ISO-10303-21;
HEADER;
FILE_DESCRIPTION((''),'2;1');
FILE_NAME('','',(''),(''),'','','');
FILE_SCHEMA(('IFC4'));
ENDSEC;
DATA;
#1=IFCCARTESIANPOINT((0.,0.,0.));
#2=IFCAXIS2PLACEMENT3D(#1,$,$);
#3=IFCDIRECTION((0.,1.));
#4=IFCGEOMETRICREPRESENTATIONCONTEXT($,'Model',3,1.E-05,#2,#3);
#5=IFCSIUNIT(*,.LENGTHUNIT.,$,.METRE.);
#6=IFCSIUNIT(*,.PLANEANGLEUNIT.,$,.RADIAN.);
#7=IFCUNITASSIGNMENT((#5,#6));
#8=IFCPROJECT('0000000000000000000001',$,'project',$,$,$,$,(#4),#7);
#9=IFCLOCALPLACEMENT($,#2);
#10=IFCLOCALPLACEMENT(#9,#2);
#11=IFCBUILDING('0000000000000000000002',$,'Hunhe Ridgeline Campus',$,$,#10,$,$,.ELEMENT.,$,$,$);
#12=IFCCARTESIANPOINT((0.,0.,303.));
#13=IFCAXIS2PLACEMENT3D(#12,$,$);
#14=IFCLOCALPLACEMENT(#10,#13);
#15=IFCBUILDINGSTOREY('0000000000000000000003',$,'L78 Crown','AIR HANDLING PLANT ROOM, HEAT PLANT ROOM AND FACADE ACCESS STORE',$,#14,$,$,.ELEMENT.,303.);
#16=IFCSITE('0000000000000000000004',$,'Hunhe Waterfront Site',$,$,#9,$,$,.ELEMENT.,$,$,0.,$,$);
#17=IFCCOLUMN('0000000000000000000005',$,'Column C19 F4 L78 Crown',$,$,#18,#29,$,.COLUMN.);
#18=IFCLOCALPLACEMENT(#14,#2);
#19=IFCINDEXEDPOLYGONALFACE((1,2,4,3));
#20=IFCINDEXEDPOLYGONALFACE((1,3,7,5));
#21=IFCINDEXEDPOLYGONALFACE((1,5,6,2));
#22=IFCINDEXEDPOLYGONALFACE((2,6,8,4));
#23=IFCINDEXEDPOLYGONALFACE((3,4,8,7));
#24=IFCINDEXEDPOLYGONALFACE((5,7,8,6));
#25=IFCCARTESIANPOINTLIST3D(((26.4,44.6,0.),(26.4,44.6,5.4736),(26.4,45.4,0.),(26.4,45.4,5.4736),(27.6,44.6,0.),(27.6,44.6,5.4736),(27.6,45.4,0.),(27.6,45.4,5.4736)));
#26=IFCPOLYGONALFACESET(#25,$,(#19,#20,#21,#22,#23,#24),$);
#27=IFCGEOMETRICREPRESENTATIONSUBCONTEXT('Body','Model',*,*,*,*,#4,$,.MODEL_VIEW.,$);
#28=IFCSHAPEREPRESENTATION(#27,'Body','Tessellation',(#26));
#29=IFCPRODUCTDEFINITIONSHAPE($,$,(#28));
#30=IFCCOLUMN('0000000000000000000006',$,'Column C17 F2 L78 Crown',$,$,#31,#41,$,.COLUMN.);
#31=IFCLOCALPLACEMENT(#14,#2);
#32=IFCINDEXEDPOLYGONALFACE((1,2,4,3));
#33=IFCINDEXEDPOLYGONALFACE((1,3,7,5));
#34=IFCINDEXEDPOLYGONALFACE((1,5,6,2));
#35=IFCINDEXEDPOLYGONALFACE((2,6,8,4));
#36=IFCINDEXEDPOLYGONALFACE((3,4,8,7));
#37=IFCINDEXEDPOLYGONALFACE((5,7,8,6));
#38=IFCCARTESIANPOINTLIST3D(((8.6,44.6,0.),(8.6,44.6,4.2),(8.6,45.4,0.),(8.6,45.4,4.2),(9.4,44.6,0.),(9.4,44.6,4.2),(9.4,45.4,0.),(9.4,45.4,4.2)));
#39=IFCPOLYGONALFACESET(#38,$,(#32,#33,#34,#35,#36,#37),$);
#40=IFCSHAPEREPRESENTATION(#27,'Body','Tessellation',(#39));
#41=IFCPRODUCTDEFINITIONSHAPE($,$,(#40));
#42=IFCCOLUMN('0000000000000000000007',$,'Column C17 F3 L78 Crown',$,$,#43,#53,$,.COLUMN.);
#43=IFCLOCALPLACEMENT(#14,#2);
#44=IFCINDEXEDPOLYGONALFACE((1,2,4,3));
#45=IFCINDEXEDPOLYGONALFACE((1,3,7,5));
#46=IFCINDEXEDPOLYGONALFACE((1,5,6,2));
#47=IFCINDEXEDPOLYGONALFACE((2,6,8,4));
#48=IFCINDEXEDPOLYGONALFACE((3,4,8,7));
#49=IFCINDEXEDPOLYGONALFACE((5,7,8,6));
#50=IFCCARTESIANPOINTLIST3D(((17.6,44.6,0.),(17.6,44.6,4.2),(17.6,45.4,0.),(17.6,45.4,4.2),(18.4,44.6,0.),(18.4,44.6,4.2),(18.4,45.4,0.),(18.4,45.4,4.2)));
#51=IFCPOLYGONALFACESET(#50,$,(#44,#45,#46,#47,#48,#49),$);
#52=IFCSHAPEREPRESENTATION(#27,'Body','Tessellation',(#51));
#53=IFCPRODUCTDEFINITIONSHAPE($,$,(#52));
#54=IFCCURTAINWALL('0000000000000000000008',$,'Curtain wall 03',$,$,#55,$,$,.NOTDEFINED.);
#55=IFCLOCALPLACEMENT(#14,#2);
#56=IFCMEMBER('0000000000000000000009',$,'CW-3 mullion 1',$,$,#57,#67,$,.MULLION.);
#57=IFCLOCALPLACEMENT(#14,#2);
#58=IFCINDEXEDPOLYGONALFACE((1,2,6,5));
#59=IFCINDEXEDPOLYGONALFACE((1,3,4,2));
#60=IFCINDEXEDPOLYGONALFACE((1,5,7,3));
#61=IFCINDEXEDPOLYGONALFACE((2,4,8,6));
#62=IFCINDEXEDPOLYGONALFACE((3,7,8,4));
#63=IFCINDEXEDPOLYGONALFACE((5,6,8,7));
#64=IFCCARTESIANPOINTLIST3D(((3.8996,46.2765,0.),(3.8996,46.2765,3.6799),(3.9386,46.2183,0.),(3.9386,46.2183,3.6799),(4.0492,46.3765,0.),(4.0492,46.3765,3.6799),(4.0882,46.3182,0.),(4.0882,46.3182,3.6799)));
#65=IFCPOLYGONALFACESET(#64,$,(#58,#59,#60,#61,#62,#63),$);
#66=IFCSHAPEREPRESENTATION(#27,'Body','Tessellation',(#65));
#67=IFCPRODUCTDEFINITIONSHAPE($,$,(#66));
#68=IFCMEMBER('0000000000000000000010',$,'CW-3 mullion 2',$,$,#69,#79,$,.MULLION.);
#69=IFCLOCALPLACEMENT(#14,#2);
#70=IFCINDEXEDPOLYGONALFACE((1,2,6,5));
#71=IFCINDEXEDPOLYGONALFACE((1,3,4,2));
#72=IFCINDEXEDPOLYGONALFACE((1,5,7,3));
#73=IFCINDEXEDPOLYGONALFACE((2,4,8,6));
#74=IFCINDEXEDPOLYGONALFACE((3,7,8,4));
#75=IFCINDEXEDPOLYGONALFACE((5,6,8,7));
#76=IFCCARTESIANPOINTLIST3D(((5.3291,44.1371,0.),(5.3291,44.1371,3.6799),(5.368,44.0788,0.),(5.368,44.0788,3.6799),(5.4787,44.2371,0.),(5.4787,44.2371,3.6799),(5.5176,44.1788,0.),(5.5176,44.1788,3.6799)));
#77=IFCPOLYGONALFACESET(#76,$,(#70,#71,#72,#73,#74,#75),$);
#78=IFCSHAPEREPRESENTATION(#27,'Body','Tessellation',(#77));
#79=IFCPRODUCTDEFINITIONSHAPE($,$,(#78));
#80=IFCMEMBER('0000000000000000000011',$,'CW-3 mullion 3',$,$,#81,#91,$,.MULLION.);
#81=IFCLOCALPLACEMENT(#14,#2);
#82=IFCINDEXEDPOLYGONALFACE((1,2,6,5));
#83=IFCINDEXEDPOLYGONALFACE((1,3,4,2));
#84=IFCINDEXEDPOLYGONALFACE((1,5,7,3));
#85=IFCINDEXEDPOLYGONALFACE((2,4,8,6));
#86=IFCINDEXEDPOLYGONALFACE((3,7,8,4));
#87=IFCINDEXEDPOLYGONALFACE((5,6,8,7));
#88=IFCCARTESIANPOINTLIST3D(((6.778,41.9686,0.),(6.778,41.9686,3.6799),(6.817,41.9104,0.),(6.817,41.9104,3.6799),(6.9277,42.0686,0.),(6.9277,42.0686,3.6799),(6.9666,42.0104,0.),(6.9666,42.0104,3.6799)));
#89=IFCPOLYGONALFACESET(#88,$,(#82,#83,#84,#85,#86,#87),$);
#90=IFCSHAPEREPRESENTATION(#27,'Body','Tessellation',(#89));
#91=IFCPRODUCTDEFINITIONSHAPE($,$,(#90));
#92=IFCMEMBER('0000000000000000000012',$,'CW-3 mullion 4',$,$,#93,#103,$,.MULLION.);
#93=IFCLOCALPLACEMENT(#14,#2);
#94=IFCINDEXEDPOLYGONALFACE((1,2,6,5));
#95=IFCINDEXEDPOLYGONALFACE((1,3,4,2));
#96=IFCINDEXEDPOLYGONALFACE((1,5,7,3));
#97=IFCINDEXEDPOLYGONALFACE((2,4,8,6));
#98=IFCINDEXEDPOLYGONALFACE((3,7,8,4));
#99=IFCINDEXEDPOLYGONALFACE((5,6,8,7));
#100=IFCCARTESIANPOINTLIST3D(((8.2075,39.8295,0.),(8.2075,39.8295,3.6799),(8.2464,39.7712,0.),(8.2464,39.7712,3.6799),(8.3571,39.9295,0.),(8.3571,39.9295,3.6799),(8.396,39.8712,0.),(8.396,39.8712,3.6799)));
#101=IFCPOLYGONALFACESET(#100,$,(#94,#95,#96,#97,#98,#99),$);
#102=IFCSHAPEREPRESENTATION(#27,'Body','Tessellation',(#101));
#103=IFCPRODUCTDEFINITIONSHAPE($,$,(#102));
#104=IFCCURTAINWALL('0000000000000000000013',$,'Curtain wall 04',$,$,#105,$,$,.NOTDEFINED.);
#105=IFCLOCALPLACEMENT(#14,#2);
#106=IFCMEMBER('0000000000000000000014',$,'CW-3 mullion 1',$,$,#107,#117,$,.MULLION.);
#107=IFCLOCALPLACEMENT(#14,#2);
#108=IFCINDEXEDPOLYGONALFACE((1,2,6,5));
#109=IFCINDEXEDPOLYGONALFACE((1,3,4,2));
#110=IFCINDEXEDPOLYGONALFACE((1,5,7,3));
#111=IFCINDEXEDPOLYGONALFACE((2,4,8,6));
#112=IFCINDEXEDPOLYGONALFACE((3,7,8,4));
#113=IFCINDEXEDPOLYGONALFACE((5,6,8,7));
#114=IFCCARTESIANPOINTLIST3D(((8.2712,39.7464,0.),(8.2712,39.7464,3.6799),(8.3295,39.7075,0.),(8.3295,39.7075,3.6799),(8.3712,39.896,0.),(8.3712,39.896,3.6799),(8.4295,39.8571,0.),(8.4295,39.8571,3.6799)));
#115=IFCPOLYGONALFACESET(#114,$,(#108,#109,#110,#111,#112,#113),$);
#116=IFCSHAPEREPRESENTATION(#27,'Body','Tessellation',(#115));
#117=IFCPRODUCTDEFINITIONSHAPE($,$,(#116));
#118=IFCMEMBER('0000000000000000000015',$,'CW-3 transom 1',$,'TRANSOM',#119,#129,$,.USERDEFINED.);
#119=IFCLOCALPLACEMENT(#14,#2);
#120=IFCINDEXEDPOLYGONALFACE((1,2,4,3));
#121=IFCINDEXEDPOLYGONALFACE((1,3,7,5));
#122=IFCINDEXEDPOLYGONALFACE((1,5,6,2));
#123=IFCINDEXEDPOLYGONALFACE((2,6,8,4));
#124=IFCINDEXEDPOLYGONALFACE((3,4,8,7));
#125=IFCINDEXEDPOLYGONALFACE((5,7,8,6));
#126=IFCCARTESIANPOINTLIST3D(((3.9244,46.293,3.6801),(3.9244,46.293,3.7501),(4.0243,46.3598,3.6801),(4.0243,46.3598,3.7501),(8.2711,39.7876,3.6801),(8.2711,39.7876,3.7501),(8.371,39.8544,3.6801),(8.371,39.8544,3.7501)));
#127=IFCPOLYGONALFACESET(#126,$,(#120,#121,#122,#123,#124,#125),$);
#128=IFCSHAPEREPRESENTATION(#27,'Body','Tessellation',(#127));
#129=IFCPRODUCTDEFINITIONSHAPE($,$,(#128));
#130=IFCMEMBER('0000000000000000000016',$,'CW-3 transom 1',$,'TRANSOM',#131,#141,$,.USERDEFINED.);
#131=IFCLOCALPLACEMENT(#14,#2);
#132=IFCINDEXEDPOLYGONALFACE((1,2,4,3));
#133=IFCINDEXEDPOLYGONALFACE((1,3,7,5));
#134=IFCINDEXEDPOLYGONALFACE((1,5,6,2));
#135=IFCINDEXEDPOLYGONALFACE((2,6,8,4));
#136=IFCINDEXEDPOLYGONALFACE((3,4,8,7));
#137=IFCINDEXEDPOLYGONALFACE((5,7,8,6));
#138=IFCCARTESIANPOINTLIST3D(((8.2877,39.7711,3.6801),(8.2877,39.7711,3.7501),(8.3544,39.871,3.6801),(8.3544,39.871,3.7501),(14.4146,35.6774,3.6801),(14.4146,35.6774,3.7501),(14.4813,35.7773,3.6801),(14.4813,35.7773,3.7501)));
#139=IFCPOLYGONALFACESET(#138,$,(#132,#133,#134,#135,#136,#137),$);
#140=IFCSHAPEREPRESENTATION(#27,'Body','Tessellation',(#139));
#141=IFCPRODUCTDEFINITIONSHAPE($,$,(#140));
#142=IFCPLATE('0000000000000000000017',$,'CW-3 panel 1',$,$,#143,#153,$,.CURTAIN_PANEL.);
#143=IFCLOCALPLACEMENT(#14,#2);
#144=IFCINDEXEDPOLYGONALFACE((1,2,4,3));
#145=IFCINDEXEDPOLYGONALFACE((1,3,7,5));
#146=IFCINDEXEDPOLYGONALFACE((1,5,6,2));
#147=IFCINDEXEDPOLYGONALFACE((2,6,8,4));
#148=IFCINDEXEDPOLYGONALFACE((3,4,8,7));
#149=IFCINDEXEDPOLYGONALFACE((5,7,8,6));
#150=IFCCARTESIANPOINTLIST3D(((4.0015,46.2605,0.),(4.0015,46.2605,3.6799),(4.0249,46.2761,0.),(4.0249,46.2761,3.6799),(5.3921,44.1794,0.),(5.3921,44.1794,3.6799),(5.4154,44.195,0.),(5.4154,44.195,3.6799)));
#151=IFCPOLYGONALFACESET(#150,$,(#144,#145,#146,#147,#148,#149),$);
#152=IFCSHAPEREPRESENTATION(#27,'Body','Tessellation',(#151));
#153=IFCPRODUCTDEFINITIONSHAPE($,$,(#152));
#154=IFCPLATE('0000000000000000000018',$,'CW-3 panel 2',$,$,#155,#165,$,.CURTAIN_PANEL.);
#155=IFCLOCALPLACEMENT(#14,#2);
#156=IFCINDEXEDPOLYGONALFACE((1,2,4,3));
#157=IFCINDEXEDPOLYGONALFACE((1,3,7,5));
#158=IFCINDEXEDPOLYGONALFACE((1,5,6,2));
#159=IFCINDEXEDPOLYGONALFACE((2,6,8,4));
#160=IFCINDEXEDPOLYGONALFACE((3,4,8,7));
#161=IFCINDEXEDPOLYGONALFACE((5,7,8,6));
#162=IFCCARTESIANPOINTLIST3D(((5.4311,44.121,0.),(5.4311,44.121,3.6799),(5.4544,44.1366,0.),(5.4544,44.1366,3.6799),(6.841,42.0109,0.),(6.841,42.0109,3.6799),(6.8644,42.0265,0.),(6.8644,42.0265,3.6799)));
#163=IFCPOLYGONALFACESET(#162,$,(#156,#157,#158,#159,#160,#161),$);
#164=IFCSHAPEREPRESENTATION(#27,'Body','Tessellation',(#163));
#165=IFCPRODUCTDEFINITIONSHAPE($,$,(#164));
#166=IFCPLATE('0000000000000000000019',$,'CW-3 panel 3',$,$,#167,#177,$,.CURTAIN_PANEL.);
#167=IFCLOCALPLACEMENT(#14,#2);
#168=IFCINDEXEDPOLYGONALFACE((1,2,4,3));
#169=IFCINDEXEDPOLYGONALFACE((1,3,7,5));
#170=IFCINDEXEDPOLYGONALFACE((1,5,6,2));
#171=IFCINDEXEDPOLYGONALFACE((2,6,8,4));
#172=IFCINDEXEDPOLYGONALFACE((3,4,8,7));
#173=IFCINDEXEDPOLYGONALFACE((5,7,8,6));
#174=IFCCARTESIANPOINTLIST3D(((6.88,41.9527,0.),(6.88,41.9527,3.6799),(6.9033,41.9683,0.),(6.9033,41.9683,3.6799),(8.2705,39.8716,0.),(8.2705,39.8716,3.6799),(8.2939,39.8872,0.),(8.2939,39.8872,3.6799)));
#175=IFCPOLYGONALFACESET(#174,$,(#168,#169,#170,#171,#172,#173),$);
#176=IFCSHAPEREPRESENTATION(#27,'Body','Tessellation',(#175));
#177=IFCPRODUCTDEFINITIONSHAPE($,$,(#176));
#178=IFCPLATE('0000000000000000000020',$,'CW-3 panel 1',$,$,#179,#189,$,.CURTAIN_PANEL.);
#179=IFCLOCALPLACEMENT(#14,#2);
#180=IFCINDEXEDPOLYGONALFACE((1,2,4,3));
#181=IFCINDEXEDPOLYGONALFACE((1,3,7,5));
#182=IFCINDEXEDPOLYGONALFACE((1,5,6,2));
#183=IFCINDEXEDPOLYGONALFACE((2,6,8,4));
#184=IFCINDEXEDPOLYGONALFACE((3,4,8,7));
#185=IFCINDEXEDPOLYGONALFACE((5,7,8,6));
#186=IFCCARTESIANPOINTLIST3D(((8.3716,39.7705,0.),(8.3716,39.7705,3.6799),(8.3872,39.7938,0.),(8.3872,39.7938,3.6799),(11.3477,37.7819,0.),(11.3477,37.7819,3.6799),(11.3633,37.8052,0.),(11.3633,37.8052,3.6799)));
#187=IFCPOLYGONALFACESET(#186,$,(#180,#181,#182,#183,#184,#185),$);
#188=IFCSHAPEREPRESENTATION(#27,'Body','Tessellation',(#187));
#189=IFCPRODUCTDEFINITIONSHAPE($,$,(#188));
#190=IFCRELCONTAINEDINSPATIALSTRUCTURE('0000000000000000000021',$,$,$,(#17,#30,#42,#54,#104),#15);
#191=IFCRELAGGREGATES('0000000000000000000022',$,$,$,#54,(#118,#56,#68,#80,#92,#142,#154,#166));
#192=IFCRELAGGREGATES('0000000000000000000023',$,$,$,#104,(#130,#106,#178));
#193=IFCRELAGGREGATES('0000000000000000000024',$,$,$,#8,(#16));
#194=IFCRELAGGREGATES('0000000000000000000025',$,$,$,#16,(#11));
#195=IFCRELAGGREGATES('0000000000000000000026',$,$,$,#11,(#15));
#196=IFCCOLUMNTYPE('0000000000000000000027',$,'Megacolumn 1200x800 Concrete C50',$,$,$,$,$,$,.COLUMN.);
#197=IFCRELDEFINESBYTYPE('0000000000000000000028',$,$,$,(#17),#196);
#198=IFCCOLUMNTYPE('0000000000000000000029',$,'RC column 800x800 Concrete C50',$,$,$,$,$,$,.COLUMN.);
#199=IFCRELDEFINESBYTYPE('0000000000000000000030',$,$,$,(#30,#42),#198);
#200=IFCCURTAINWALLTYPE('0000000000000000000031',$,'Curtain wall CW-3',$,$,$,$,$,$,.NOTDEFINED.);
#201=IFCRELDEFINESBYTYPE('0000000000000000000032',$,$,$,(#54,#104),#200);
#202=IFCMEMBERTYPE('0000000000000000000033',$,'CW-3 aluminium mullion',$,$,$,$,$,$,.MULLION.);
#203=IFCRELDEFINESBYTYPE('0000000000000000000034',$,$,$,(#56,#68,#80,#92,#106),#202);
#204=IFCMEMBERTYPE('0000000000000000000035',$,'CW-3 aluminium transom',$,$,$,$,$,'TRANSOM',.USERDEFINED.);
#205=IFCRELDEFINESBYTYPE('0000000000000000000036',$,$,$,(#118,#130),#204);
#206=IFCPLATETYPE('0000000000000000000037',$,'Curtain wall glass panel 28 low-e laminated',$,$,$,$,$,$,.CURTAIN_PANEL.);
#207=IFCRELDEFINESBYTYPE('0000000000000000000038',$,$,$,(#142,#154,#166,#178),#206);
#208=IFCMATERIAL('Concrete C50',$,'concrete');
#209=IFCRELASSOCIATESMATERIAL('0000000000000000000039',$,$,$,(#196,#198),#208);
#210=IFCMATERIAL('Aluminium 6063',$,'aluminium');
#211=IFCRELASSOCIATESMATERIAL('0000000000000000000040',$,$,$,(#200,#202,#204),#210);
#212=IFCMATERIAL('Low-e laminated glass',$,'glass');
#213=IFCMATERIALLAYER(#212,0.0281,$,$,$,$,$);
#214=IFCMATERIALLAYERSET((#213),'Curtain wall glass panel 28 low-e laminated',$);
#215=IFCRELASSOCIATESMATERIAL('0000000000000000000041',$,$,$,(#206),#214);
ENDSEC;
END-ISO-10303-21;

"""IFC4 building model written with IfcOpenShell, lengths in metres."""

from ifc_helpers import new_model, si_unit, direction, frame, origin, origin_2d, place, context, subcontext, project, spatial, rectangle, extrude, material, layer, layer_set, material_profile, profile_set, type_object, element, aggregate, save


model = new_model("IFC4")

# Units and contexts
model_context = context("Model", 3, precision=1e-05, world=origin(), true_north=direction((0.0, 1.0)))
body_context = subcontext(model_context, "Body", "Model", "MODEL_VIEW")
ifc_project = project(units=[si_unit("LENGTHUNIT", "METRE"), si_unit("PLANEANGLEUNIT", "RADIAN")], contexts=[model_context])

# Site, building, storey
site_placement = place(None, origin())
site = spatial("IfcSite", under=ifc_project, at=site_placement, Name="Hunhe Waterfront Site", CompositionType="ELEMENT", RefElevation=0.0)
building_placement = place(site_placement, origin())
building = spatial("IfcBuilding", under=site, at=building_placement, Name="Hunhe Ridgeline Campus", CompositionType="ELEMENT")
storey_placement = place(building_placement, frame((0.0, 0.0, 303.0)))
storey = spatial("IfcBuildingStorey", under=building, at=storey_placement, Name="L78 Crown", Description="AIR HANDLING PLANT ROOM, HEAT PLANT ROOM AND FACADE ACCESS STORE", CompositionType="ELEMENT", Elevation=303.0)

# Columns
ifc_material_1 = material(Name="Concrete C50", Category="concrete")
ifc_material_profile_1 = material_profile(ifc_material_1, rectangle(XDim=1.2, YDim=0.8, at=origin_2d()))
ifc_profile_set_1 = profile_set([ifc_material_profile_1], Name="Concrete C50")
column_type_1 = type_object("IfcColumnType", Name="Megacolumn 1200x800 Concrete C50", PredefinedType="COLUMN", material=ifc_profile_set_1)
column_placement = place(storey_placement, frame((27.0, 45.0, 0.0), z_axis=(0.0, 0.0, 1.0), x_axis=(1.0, 0.0, 0.0)))
element("IfcColumn", 1, at=column_placement, inside=storey, type_object=column_type_1, Name="Column C19 F4 L78 Crown", PredefinedType="COLUMN", context=body_context, shape_type="SweptSolid", body=[
    extrude(rectangle(XDim=1.2, YDim=0.8, at=origin_2d()), origin(), (0.0, 0.0, 1.0), 5.4736),
])
ifc_material_profile_2 = material_profile(ifc_material_1, rectangle(XDim=0.8, YDim=0.8, at=origin_2d()))
ifc_profile_set_2 = profile_set([ifc_material_profile_2], Name="Concrete C50")
column_type_2 = type_object("IfcColumnType", Name="RC column 800x800 Concrete C50", PredefinedType="COLUMN", material=ifc_profile_set_2)
for number, where, z_axis, x_axis, name in (
    (2, (9.0, 45.0, 0.0), (0.0, 0.0, 1.0), (1.0, 0.0, 0.0), "Column C17 F2 L78 Crown"),
    (3, (18.0, 45.0, 0.0), (0.0, 0.0, 1.0), (1.0, 0.0, 0.0), "Column C17 F3 L78 Crown"),
):
    element("IfcColumn", number, at=place(storey_placement, frame(where, z_axis=z_axis, x_axis=x_axis)), inside=storey, type_object=column_type_2, Name=name, PredefinedType="COLUMN", context=body_context, shape_type="SweptSolid", body=[
        extrude(rectangle(XDim=0.8, YDim=0.8, at=origin_2d()), origin(), (0.0, 0.0, 1.0), 4.2),
    ])

# Curtain wall, members
ifc_material_2 = material(Name="Aluminium 6063", Category="aluminium")
curtain_wall_type = type_object("IfcCurtainWallType", Name="Curtain wall CW-3", PredefinedType="NOTDEFINED", material=ifc_material_2)
curtain_wall_1_placement = place(storey_placement, origin())
curtain_wall_1 = element("IfcCurtainWall", 4, at=curtain_wall_1_placement, inside=storey, type_object=curtain_wall_type, Name="Curtain wall 03", PredefinedType="NOTDEFINED")
ifc_material_profile_3 = material_profile(ifc_material_2, rectangle(XDim=0.1799, YDim=0.0701, at=origin_2d()))
ifc_profile_set_3 = profile_set([ifc_material_profile_3], Name="Aluminium 6063")
member_type_1 = type_object("IfcMemberType", Name="CW-3 aluminium mullion", PredefinedType="MULLION", material=ifc_profile_set_3)
member_1_placement = place(storey_placement, frame((3.9939, 46.2974, 0.0), z_axis=(0.0, 0.0, 1.0), x_axis=(0.83147, 0.55557, 0.0)))
member_1 = element("IfcMember", 5, at=member_1_placement, type_object=member_type_1, Name="CW-3 mullion 1", PredefinedType="MULLION", context=body_context, shape_type="SweptSolid", body=[
    extrude(rectangle(XDim=0.1799, YDim=0.0701, at=origin_2d()), origin(), (0.0, 0.0, 1.0), 3.6799),
])
member_2_placement = place(storey_placement, frame((5.4233, 44.158, 0.0), z_axis=(0.0, 0.0, 1.0), x_axis=(0.83147, 0.55557, 0.0)))
member_2 = element("IfcMember", 6, at=member_2_placement, type_object=member_type_1, Name="CW-3 mullion 2", PredefinedType="MULLION", context=body_context, shape_type="SweptSolid", body=[
    extrude(rectangle(XDim=0.1799, YDim=0.0701, at=origin_2d()), origin(), (0.0, 0.0, 1.0), 3.6799),
])
member_3_placement = place(storey_placement, frame((6.8723, 41.9895, 0.0), z_axis=(0.0, 0.0, 1.0), x_axis=(0.83147, 0.55557, 0.0)))
member_3 = element("IfcMember", 7, at=member_3_placement, type_object=member_type_1, Name="CW-3 mullion 3", PredefinedType="MULLION", context=body_context, shape_type="SweptSolid", body=[
    extrude(rectangle(XDim=0.1799, YDim=0.0701, at=origin_2d()), origin(), (0.0, 0.0, 1.0), 3.6799),
])
member_4_placement = place(storey_placement, frame((8.3018, 39.8503, 0.0), z_axis=(0.0, 0.0, 1.0), x_axis=(0.83147, 0.55557, 0.0)))
member_4 = element("IfcMember", 8, at=member_4_placement, type_object=member_type_1, Name="CW-3 mullion 4", PredefinedType="MULLION", context=body_context, shape_type="SweptSolid", body=[
    extrude(rectangle(XDim=0.1799, YDim=0.0701, at=origin_2d()), origin(), (0.0, 0.0, 1.0), 3.6799),
])

# Curtain wall, member
curtain_wall_2_placement = place(storey_placement, origin())
curtain_wall_2 = element("IfcCurtainWall", 9, at=curtain_wall_2_placement, inside=storey, type_object=curtain_wall_type, Name="Curtain wall 04", PredefinedType="NOTDEFINED")
member_5_placement = place(storey_placement, frame((8.3503, 39.8018, 0.0), z_axis=(0.0, 0.0, 1.0), x_axis=(0.55557, 0.83147, 0.0)))
member_5 = element("IfcMember", 10, at=member_5_placement, type_object=member_type_1, Name="CW-3 mullion 1", PredefinedType="MULLION", context=body_context, shape_type="SweptSolid", body=[
    extrude(rectangle(XDim=0.1799, YDim=0.0701, at=origin_2d()), origin(), (0.0, 0.0, 1.0), 3.6799),
])

# Members
ifc_material_profile_4 = material_profile(ifc_material_2, rectangle(XDim=0.1201, YDim=0.0701, at=origin_2d()))
ifc_profile_set_4 = profile_set([ifc_material_profile_4], Name="Aluminium 6063")
member_type_2 = type_object("IfcMemberType", Name="CW-3 aluminium transom", ElementType="TRANSOM", PredefinedType="USERDEFINED", material=ifc_profile_set_4)
member_6_placement = place(storey_placement, frame((3.9744, 46.3264, 3.7151), z_axis=(0.555564, -0.831474, 0.0), x_axis=(0.831474, 0.555564, 0.0)))
member_6 = element("IfcMember", 11, at=member_6_placement, type_object=member_type_2, Name="CW-3 transom 1", ObjectType="TRANSOM", PredefinedType="USERDEFINED", context=body_context, shape_type="SweptSolid", body=[
    extrude(rectangle(XDim=0.1201, YDim=0.0701, at=origin_2d()), origin(), (0.0, 0.0, 1.0), 7.824),
])
member_7_placement = place(storey_placement, frame((8.321, 39.821, 3.7151), z_axis=(0.831479, -0.555556, 0.0), x_axis=(0.555556, 0.831479, 0.0)))
member_7 = element("IfcMember", 12, at=member_7_placement, type_object=member_type_2, Name="CW-3 transom 1", ObjectType="TRANSOM", PredefinedType="USERDEFINED", context=body_context, shape_type="SweptSolid", body=[
    extrude(rectangle(XDim=0.1201, YDim=0.0701, at=origin_2d()), origin(), (0.0, 0.0, 1.0), 7.3687),
])

# Plates
ifc_material_3 = material(Name="Low-e laminated glass", Category="glass")
ifc_layer_1 = layer(ifc_material_3, 0.0281)
ifc_layer_set_1 = layer_set([ifc_layer_1], Name="Curtain wall glass panel 28 low-e laminated")
plate_type = type_object("IfcPlateType", Name="Curtain wall glass panel 28 low-e laminated", PredefinedType="CURTAIN_PANEL", material=ifc_layer_set_1)
plate_1_placement = place(storey_placement, frame((4.7085, 45.2278, 0.0), z_axis=(0.0, 0.0, 1.0), x_axis=(0.55557, -0.83147, 0.0)))
plate_1 = element("IfcPlate", 13, at=plate_1_placement, type_object=plate_type, Name="CW-3 panel 1", PredefinedType="CURTAIN_PANEL", context=body_context, shape_type="SweptSolid", body=[
    extrude(rectangle(XDim=2.5029, YDim=0.0281, at=origin_2d()), origin(), (0.0, 0.0, 1.0), 3.6799),
])
plate_2_placement = place(storey_placement, frame((6.1477, 43.0737, 0.0), z_axis=(0.0, 0.0, 1.0), x_axis=(0.55557, -0.83147, 0.0)))
plate_2 = element("IfcPlate", 14, at=plate_2_placement, type_object=plate_type, Name="CW-3 panel 2", PredefinedType="CURTAIN_PANEL", context=body_context, shape_type="SweptSolid", body=[
    extrude(rectangle(XDim=2.5378, YDim=0.0281, at=origin_2d()), origin(), (0.0, 0.0, 1.0), 3.6799),
])
plate_3_placement = place(storey_placement, frame((7.5869, 40.9199, 0.0), z_axis=(0.0, 0.0, 1.0), x_axis=(0.55557, -0.83147, 0.0)))
plate_3 = element("IfcPlate", 15, at=plate_3_placement, type_object=plate_type, Name="CW-3 panel 3", PredefinedType="CURTAIN_PANEL", context=body_context, shape_type="SweptSolid", body=[
    extrude(rectangle(XDim=2.5029, YDim=0.0281, at=origin_2d()), origin(), (0.0, 0.0, 1.0), 3.6799),
])
aggregate(curtain_wall_1, [member_6, member_1, member_2, member_3, member_4, plate_1, plate_2, plate_3])
plate_4_placement = place(storey_placement, frame((9.8674, 38.7878, 0.0), z_axis=(0.0, 0.0, 1.0), x_axis=(0.83147, -0.55557, 0.0)))
plate_4 = element("IfcPlate", 16, at=plate_4_placement, type_object=plate_type, Name="CW-3 panel 1", PredefinedType="CURTAIN_PANEL", context=body_context, shape_type="SweptSolid", body=[
    extrude(rectangle(XDim=3.5793, YDim=0.0281, at=origin_2d()), origin(), (0.0, 0.0, 1.0), 3.6799),
])
aggregate(curtain_wall_2, [member_7, member_5, plate_4])

save(model, "model.ifc")
